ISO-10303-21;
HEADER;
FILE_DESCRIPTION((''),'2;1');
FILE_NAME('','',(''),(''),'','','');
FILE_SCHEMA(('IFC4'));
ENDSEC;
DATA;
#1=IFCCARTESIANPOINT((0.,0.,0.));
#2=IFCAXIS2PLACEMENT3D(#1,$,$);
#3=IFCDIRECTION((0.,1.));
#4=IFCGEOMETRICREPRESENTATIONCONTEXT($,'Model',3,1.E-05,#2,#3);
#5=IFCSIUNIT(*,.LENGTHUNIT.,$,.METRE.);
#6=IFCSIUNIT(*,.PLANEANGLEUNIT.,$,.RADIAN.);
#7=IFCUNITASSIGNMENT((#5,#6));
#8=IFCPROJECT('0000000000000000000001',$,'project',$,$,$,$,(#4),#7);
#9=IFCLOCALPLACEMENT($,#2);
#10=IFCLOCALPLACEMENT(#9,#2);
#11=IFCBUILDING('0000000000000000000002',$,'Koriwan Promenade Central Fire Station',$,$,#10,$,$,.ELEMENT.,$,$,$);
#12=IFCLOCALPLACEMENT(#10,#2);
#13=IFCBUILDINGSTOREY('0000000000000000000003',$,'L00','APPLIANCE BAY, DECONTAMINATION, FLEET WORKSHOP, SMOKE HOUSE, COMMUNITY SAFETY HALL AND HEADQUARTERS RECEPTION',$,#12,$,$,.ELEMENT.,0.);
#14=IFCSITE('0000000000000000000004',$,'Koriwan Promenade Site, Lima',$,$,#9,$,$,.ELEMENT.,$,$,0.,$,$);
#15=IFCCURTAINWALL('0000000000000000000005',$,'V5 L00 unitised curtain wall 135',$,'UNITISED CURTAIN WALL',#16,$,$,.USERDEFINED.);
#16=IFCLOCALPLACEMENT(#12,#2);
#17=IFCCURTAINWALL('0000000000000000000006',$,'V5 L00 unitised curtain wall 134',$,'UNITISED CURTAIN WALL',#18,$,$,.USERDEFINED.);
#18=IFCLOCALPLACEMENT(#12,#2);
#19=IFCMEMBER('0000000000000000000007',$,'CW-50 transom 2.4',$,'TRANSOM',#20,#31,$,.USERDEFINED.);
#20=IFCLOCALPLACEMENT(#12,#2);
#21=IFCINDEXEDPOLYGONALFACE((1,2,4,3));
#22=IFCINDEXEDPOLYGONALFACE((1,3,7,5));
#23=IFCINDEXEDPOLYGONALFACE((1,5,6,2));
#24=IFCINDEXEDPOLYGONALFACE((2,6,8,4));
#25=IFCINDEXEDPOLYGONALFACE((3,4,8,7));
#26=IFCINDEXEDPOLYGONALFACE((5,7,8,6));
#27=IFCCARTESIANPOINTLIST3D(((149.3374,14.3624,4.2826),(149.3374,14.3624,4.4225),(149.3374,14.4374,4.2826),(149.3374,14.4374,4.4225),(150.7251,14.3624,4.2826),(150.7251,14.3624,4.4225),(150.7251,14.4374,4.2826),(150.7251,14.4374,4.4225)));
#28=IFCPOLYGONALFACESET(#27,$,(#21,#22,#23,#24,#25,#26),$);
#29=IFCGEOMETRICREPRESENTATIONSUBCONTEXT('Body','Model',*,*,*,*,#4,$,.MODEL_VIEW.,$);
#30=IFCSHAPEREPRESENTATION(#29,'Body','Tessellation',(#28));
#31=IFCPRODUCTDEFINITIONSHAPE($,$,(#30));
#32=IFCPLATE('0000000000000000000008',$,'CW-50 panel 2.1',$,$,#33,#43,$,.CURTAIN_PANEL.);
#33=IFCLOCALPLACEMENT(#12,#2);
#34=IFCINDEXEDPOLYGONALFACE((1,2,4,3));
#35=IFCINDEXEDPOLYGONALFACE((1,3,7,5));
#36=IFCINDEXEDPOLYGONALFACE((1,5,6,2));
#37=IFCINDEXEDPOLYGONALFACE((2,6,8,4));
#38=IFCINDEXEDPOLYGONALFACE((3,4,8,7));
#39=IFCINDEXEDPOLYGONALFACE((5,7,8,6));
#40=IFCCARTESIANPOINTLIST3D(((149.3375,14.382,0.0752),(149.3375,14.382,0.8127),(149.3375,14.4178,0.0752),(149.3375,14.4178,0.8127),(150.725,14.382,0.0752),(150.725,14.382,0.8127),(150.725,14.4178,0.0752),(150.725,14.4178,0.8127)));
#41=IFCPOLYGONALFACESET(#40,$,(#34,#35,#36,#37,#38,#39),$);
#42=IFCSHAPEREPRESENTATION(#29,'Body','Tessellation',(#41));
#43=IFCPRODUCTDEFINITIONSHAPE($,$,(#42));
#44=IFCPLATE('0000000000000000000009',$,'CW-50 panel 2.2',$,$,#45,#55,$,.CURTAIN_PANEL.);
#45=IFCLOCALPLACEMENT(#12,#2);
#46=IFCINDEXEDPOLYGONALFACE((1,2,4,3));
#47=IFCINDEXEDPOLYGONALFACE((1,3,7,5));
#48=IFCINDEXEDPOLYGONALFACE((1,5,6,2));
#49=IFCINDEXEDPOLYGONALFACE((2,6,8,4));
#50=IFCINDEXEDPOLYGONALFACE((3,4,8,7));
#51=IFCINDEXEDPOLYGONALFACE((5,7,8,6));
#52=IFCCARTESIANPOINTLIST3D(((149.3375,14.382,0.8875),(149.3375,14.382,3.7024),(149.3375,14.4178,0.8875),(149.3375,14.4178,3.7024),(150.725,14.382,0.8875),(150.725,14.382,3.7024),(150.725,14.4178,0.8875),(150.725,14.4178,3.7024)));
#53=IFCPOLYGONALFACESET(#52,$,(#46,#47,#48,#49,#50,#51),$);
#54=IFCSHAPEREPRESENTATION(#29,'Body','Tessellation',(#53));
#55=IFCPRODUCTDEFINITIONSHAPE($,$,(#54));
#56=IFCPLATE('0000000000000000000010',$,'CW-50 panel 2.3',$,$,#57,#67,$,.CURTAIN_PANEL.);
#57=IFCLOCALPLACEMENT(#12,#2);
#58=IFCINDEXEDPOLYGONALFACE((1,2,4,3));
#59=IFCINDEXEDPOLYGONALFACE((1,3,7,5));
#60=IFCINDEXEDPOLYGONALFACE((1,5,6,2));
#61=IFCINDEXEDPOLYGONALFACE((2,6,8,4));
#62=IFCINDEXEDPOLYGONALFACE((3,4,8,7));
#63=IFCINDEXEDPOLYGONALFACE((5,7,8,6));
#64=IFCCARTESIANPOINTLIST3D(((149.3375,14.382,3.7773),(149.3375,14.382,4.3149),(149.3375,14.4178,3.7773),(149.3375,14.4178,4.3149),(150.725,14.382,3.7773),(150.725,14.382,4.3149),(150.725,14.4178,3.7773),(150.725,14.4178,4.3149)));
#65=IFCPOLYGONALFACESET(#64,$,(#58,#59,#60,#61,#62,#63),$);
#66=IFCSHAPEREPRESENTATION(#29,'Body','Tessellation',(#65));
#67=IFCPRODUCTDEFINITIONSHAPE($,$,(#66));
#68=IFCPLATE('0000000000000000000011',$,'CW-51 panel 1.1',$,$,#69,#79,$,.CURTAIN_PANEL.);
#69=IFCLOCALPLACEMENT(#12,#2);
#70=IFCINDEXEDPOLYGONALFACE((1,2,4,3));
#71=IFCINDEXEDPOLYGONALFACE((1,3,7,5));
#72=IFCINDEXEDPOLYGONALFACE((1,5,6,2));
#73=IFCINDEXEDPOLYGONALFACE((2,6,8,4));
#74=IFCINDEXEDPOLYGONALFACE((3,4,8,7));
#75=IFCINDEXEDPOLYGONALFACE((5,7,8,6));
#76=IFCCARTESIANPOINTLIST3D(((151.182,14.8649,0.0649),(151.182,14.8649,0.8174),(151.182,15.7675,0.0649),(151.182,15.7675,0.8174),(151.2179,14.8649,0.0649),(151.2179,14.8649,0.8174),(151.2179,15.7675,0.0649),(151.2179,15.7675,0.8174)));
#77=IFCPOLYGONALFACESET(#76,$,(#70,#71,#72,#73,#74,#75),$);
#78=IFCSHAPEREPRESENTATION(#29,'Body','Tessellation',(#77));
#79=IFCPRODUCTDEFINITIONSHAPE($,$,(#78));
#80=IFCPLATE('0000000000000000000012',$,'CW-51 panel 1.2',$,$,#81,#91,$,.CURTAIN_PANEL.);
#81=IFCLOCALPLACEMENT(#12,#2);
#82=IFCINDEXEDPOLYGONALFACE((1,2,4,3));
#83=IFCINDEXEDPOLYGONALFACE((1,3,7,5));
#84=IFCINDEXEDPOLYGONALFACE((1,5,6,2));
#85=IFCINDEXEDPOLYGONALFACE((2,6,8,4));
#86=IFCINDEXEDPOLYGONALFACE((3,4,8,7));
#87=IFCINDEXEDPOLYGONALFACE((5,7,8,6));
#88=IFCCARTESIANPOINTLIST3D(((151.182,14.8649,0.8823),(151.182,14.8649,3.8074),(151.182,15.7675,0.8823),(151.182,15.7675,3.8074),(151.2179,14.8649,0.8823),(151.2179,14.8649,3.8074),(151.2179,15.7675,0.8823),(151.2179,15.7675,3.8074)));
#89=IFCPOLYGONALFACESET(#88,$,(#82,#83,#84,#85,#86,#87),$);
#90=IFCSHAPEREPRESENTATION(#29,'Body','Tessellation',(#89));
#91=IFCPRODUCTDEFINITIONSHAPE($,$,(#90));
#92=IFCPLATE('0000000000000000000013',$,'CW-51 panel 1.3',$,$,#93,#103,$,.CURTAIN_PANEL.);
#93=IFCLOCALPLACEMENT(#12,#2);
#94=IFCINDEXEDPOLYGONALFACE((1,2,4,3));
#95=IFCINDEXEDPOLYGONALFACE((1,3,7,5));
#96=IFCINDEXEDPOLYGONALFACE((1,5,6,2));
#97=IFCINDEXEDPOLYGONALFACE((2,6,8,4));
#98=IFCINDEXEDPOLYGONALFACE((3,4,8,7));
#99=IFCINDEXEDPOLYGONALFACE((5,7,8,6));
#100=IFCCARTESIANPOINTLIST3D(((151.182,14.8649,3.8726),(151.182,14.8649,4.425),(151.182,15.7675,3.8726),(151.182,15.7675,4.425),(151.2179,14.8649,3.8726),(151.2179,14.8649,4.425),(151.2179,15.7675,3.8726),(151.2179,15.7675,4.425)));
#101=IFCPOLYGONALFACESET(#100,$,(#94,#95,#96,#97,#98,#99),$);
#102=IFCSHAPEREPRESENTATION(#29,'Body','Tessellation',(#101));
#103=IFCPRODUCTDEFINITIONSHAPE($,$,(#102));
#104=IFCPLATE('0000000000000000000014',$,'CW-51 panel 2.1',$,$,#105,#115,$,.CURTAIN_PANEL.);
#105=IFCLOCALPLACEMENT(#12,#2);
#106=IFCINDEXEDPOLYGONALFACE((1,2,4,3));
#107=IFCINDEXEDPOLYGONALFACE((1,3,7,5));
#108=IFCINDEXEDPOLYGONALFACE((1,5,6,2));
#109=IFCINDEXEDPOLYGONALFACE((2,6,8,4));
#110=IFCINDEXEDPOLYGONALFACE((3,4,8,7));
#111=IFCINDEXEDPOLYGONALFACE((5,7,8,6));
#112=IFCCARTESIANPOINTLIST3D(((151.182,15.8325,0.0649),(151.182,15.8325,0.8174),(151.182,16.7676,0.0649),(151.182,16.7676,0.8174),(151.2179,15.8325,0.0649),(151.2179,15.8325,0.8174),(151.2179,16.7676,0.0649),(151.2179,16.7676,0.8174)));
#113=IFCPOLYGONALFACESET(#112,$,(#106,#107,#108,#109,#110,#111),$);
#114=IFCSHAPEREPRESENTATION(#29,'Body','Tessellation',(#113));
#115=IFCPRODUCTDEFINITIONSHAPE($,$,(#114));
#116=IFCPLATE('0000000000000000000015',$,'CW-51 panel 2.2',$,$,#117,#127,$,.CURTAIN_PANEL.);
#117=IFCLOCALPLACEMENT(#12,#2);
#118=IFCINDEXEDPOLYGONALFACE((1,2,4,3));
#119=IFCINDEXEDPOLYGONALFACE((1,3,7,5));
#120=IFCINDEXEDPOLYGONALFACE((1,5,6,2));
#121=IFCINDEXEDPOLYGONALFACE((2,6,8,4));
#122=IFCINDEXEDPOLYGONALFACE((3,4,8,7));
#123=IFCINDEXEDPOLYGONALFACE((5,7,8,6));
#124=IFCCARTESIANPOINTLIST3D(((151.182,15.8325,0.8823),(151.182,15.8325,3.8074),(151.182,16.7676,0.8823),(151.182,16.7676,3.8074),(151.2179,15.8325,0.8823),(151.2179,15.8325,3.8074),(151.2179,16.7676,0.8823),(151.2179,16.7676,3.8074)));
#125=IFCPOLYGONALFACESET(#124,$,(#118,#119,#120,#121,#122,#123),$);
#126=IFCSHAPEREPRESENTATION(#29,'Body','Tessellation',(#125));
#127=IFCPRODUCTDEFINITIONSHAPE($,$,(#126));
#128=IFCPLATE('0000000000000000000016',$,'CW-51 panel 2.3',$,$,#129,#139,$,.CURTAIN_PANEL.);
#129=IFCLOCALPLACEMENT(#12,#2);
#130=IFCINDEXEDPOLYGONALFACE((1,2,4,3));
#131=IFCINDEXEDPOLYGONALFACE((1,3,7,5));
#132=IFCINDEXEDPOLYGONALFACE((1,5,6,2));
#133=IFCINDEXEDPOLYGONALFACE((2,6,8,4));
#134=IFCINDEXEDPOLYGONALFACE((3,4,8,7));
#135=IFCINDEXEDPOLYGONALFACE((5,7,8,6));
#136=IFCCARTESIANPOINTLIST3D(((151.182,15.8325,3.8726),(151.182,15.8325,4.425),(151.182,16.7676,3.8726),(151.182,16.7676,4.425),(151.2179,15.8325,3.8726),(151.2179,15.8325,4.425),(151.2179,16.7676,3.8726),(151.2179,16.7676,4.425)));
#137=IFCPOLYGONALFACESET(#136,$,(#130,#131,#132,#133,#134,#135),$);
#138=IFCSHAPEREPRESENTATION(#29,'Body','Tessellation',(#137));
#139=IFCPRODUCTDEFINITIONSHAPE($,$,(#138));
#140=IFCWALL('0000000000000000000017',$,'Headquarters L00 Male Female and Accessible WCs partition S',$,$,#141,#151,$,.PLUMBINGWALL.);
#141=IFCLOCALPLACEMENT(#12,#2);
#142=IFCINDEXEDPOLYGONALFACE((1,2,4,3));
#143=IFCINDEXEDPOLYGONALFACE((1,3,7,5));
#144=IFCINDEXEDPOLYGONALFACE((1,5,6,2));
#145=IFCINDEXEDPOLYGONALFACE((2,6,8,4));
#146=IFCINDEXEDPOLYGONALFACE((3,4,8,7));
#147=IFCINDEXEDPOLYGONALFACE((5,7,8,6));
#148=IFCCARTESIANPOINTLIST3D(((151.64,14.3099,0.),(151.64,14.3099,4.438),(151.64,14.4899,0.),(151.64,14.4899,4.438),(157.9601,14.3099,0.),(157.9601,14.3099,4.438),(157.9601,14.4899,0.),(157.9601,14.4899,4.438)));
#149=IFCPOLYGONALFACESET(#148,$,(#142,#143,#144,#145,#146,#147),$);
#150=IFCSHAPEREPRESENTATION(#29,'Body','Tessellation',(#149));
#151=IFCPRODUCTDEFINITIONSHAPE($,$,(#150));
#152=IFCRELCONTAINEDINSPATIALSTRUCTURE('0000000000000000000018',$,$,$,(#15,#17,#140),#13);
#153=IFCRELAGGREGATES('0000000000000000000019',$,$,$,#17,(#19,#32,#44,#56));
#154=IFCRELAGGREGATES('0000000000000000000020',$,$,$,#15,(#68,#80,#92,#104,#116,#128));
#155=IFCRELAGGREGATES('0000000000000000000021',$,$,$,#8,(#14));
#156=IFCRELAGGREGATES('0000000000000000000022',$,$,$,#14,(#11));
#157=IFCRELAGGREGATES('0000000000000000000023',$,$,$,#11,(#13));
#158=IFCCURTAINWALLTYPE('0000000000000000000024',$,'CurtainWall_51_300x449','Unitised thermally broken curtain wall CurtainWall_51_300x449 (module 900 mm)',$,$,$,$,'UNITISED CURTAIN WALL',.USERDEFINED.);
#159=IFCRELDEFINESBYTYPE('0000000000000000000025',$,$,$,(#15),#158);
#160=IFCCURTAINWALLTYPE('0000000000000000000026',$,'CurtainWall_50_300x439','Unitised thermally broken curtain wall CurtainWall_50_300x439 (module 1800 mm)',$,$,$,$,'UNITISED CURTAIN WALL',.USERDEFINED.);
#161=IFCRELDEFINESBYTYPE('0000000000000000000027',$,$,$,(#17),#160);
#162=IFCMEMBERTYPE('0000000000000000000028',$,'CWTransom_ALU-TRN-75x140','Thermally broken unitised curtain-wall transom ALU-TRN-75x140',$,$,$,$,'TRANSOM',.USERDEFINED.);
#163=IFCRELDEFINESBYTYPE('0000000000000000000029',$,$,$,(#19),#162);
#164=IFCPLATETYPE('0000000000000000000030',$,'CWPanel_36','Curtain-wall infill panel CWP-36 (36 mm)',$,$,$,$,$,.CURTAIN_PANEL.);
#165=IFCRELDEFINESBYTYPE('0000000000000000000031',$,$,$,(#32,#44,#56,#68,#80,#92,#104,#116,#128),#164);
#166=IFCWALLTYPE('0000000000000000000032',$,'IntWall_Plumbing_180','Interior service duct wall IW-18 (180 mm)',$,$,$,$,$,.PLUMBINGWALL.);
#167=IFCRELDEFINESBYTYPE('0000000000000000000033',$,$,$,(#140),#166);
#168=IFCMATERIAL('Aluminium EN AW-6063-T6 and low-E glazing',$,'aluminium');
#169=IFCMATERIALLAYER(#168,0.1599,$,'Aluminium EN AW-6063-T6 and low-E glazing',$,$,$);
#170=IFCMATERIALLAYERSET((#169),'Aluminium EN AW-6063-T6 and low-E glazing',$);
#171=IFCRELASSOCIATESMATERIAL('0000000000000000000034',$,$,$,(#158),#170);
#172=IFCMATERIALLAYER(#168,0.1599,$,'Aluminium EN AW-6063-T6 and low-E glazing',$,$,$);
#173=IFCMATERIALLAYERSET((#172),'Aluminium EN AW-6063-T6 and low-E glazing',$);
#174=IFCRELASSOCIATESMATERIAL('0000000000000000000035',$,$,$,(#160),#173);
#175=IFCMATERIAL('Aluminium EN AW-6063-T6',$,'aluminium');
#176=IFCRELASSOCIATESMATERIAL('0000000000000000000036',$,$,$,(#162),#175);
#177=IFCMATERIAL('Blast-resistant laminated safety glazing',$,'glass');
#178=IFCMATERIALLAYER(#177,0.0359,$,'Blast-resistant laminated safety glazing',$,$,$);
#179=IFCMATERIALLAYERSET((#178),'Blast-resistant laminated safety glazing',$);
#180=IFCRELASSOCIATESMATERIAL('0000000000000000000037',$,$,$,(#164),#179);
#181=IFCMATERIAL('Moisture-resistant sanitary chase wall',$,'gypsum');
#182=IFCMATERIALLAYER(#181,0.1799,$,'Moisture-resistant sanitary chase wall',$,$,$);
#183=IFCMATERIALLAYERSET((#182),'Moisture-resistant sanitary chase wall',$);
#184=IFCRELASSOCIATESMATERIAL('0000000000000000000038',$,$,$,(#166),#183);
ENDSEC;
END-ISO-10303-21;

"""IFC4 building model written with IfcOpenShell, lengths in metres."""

from ifc_helpers import new_model, si_unit, direction, frame, frame_2d, origin, origin_2d, place, context, subcontext, project, spatial, rectangle, extrude, material, layer, layer_set, material_profile, profile_set, type_object, element, aggregate, save


model = new_model("IFC4")

# Units and contexts
model_context = context("Model", 3, precision=1e-05, world=origin(), true_north=direction((0.0, 1.0)))
body_context = subcontext(model_context, "Body", "Model", "MODEL_VIEW")
ifc_project = project(units=[si_unit("LENGTHUNIT", "METRE"), si_unit("PLANEANGLEUNIT", "RADIAN")], contexts=[model_context])

# Site, building, storey
site_placement = place(None, origin())
site = spatial("IfcSite", under=ifc_project, at=site_placement, Name="Koriwan Promenade Site, Lima", CompositionType="ELEMENT", RefElevation=0.0)
building_placement = place(site_placement, origin())
building = spatial("IfcBuilding", under=site, at=building_placement, Name="Koriwan Promenade Central Fire Station", CompositionType="ELEMENT")
storey_placement = place(building_placement, origin())
storey = spatial("IfcBuildingStorey", under=building, at=storey_placement, Name="L00", Description="APPLIANCE BAY, DECONTAMINATION, FLEET WORKSHOP, SMOKE HOUSE, COMMUNITY SAFETY HALL AND HEADQUARTERS RECEPTION", CompositionType="ELEMENT", Elevation=0.0)

# Curtain walls
ifc_material_1 = material(Name="Aluminium EN AW-6063-T6 and low-E glazing", Category="aluminium")
ifc_layer_1 = layer(ifc_material_1, 0.1599, Name="Aluminium EN AW-6063-T6 and low-E glazing")
ifc_layer_set_1 = layer_set([ifc_layer_1], Name="Aluminium EN AW-6063-T6 and low-E glazing")
curtain_wall_type_1 = type_object("IfcCurtainWallType", Name="CurtainWall_51_300x449", Description="Unitised thermally broken curtain wall CurtainWall_51_300x449 (module 900 mm)", ElementType="UNITISED CURTAIN WALL", PredefinedType="USERDEFINED", material=ifc_layer_set_1)
curtain_wall_1_placement = place(storey_placement, origin())
curtain_wall_1 = element("IfcCurtainWall", 1, at=curtain_wall_1_placement, inside=storey, type_object=curtain_wall_type_1, Name="V5 L00 unitised curtain wall 135", ObjectType="UNITISED CURTAIN WALL", PredefinedType="USERDEFINED")
ifc_material_2 = material(Name="Aluminium EN AW-6063-T6", Category="aluminium")
ifc_layer_2 = layer(ifc_material_1, 0.1599, Name="Aluminium EN AW-6063-T6 and low-E glazing")
ifc_layer_set_2 = layer_set([ifc_layer_2], Name="Aluminium EN AW-6063-T6 and low-E glazing")
curtain_wall_type_2 = type_object("IfcCurtainWallType", Name="CurtainWall_50_300x439", Description="Unitised thermally broken curtain wall CurtainWall_50_300x439 (module 1800 mm)", ElementType="UNITISED CURTAIN WALL", PredefinedType="USERDEFINED", material=ifc_layer_set_2)
curtain_wall_2_placement = place(storey_placement, origin())
curtain_wall_2 = element("IfcCurtainWall", 2, at=curtain_wall_2_placement, inside=storey, type_object=curtain_wall_type_2, Name="V5 L00 unitised curtain wall 134", ObjectType="UNITISED CURTAIN WALL", PredefinedType="USERDEFINED")

# Member
ifc_material_profile_1 = material_profile(ifc_material_2, rectangle(XDim=0.075, YDim=0.1399, at=origin_2d()), Name="ALU-TRN-75x140")
ifc_profile_set_1 = profile_set([ifc_material_profile_1], Name="Aluminium EN AW-6063-T6")
member_type_1 = type_object("IfcMemberType", Name="CWTransom_ALU-TRN-75x140", Description="Thermally broken unitised curtain-wall transom ALU-TRN-75x140", ElementType="TRANSOM", PredefinedType="USERDEFINED", material=ifc_profile_set_1)
member_1_placement = place(storey_placement, frame((149.3374, 14.3999, 4.3525), z_axis=(1.0, 0.0, 0.0), x_axis=(0.0, 1.0, 0.0)))
member_1 = element("IfcMember", 3, at=member_1_placement, type_object=member_type_1, Name="CW-50 transom 2.4", ObjectType="TRANSOM", PredefinedType="USERDEFINED", context=body_context, shape_type="SweptSolid", body=[
    extrude(rectangle(XDim=0.075, YDim=0.1399, at=origin_2d()), origin(), (0.0, 0.0, 1.0), 1.3877),
])

# Plates
ifc_material_3 = material(Name="Blast-resistant laminated safety glazing", Category="glass")
ifc_layer_3 = layer(ifc_material_3, 0.0359, Name="Blast-resistant laminated safety glazing")
ifc_layer_set_3 = layer_set([ifc_layer_3], Name="Blast-resistant laminated safety glazing")
plate_type = type_object("IfcPlateType", Name="CWPanel_36", Description="Curtain-wall infill panel CWP-36 (36 mm)", PredefinedType="CURTAIN_PANEL", material=ifc_layer_set_3)
plate_1_placement = place(storey_placement, frame((150.0312, 14.3999, 0.0752), z_axis=(0.0, 0.0, 1.0), x_axis=(1.0, 0.0, 0.0)))
plate_1 = element("IfcPlate", 4, at=plate_1_placement, type_object=plate_type, Name="CW-50 panel 2.1", PredefinedType="CURTAIN_PANEL", context=body_context, shape_type="SweptSolid", body=[
    extrude(rectangle(XDim=1.3875, YDim=0.0359, at=origin_2d()), origin(), (0.0, 0.0, 1.0), 0.7375),
])
plate_2_placement = place(storey_placement, frame((150.0312, 14.3999, 0.8875), z_axis=(0.0, 0.0, 1.0), x_axis=(1.0, 0.0, 0.0)))
plate_2 = element("IfcPlate", 5, at=plate_2_placement, type_object=plate_type, Name="CW-50 panel 2.2", PredefinedType="CURTAIN_PANEL", context=body_context, shape_type="SweptSolid", body=[
    extrude(rectangle(XDim=1.3875, YDim=0.0359, at=origin_2d()), origin(), (0.0, 0.0, 1.0), 2.8149),
])
plate_3_placement = place(storey_placement, frame((150.0312, 14.3999, 3.7773), z_axis=(0.0, 0.0, 1.0), x_axis=(1.0, 0.0, 0.0)))
plate_3 = element("IfcPlate", 6, at=plate_3_placement, type_object=plate_type, Name="CW-50 panel 2.3", PredefinedType="CURTAIN_PANEL", context=body_context, shape_type="SweptSolid", body=[
    extrude(rectangle(XDim=1.3875, YDim=0.0359, at=origin_2d()), origin(), (0.0, 0.0, 1.0), 0.5376),
])
aggregate(curtain_wall_2, [member_1, plate_1, plate_2, plate_3])
plate_4_placement = place(storey_placement, frame((151.2, 15.3162, 0.0649), z_axis=(0.0, 0.0, 1.0), x_axis=(0.0, 1.0, 0.0)))
plate_4 = element("IfcPlate", 7, at=plate_4_placement, type_object=plate_type, Name="CW-51 panel 1.1", PredefinedType="CURTAIN_PANEL", context=body_context, shape_type="SweptSolid", body=[
    extrude(rectangle(XDim=0.9026, YDim=0.0359, at=origin_2d()), origin(), (0.0, 0.0, 1.0), 0.7524),
])
plate_5_placement = place(storey_placement, frame((151.2, 15.3162, 0.8823), z_axis=(0.0, 0.0, 1.0), x_axis=(0.0, 1.0, 0.0)))
plate_5 = element("IfcPlate", 8, at=plate_5_placement, type_object=plate_type, Name="CW-51 panel 1.2", PredefinedType="CURTAIN_PANEL", context=body_context, shape_type="SweptSolid", body=[
    extrude(rectangle(XDim=0.9026, YDim=0.0359, at=origin_2d()), origin(), (0.0, 0.0, 1.0), 2.925),
])
plate_6_placement = place(storey_placement, frame((151.2, 15.3162, 3.8726), z_axis=(0.0, 0.0, 1.0), x_axis=(0.0, 1.0, 0.0)))
plate_6 = element("IfcPlate", 9, at=plate_6_placement, type_object=plate_type, Name="CW-51 panel 1.3", PredefinedType="CURTAIN_PANEL", context=body_context, shape_type="SweptSolid", body=[
    extrude(rectangle(XDim=0.9026, YDim=0.0359, at=origin_2d()), origin(), (0.0, 0.0, 1.0), 0.5525),
])
plate_7_placement = place(storey_placement, frame((151.2, 16.3, 0.0649), z_axis=(0.0, 0.0, 1.0), x_axis=(0.0, 1.0, 0.0)))
plate_7 = element("IfcPlate", 10, at=plate_7_placement, type_object=plate_type, Name="CW-51 panel 2.1", PredefinedType="CURTAIN_PANEL", context=body_context, shape_type="SweptSolid", body=[
    extrude(rectangle(XDim=0.9351, YDim=0.0359, at=origin_2d()), origin(), (0.0, 0.0, 1.0), 0.7524),
])
plate_8_placement = place(storey_placement, frame((151.2, 16.3, 0.8823), z_axis=(0.0, 0.0, 1.0), x_axis=(0.0, 1.0, 0.0)))
plate_8 = element("IfcPlate", 11, at=plate_8_placement, type_object=plate_type, Name="CW-51 panel 2.2", PredefinedType="CURTAIN_PANEL", context=body_context, shape_type="SweptSolid", body=[
    extrude(rectangle(XDim=0.9351, YDim=0.0359, at=origin_2d()), origin(), (0.0, 0.0, 1.0), 2.925),
])
plate_9_placement = place(storey_placement, frame((151.2, 16.3, 3.8726), z_axis=(0.0, 0.0, 1.0), x_axis=(0.0, 1.0, 0.0)))
plate_9 = element("IfcPlate", 12, at=plate_9_placement, type_object=plate_type, Name="CW-51 panel 2.3", PredefinedType="CURTAIN_PANEL", context=body_context, shape_type="SweptSolid", body=[
    extrude(rectangle(XDim=0.9351, YDim=0.0359, at=origin_2d()), origin(), (0.0, 0.0, 1.0), 0.5525),
])
aggregate(curtain_wall_1, [plate_4, plate_5, plate_6, plate_7, plate_8, plate_9])

# Wall
ifc_material_4 = material(Name="Moisture-resistant sanitary chase wall", Category="gypsum")
ifc_layer_4 = layer(ifc_material_4, 0.1799, Name="Moisture-resistant sanitary chase wall")
ifc_layer_set_4 = layer_set([ifc_layer_4], Name="Moisture-resistant sanitary chase wall")
wall_type = type_object("IfcWallType", Name="IntWall_Plumbing_180", Description="Interior service duct wall IW-18 (180 mm)", PredefinedType="PLUMBINGWALL", material=ifc_layer_set_4)
wall_placement = place(storey_placement, frame((151.6399, 14.3999, 0.0), z_axis=(0.0, 0.0, 1.0), x_axis=(1.0, 0.0, 0.0)))
element("IfcWall", 13, at=wall_placement, inside=storey, type_object=wall_type, Name="Headquarters L00 Male Female and Accessible WCs partition S", PredefinedType="PLUMBINGWALL", context=body_context, shape_type="SweptSolid", body=[
    extrude(rectangle(XDim=6.3201, YDim=0.1799, at=frame_2d((3.1602, 0.0))), origin(), (0.0, 0.0, 1.0), 4.438),
])

save(model, "model.ifc")
